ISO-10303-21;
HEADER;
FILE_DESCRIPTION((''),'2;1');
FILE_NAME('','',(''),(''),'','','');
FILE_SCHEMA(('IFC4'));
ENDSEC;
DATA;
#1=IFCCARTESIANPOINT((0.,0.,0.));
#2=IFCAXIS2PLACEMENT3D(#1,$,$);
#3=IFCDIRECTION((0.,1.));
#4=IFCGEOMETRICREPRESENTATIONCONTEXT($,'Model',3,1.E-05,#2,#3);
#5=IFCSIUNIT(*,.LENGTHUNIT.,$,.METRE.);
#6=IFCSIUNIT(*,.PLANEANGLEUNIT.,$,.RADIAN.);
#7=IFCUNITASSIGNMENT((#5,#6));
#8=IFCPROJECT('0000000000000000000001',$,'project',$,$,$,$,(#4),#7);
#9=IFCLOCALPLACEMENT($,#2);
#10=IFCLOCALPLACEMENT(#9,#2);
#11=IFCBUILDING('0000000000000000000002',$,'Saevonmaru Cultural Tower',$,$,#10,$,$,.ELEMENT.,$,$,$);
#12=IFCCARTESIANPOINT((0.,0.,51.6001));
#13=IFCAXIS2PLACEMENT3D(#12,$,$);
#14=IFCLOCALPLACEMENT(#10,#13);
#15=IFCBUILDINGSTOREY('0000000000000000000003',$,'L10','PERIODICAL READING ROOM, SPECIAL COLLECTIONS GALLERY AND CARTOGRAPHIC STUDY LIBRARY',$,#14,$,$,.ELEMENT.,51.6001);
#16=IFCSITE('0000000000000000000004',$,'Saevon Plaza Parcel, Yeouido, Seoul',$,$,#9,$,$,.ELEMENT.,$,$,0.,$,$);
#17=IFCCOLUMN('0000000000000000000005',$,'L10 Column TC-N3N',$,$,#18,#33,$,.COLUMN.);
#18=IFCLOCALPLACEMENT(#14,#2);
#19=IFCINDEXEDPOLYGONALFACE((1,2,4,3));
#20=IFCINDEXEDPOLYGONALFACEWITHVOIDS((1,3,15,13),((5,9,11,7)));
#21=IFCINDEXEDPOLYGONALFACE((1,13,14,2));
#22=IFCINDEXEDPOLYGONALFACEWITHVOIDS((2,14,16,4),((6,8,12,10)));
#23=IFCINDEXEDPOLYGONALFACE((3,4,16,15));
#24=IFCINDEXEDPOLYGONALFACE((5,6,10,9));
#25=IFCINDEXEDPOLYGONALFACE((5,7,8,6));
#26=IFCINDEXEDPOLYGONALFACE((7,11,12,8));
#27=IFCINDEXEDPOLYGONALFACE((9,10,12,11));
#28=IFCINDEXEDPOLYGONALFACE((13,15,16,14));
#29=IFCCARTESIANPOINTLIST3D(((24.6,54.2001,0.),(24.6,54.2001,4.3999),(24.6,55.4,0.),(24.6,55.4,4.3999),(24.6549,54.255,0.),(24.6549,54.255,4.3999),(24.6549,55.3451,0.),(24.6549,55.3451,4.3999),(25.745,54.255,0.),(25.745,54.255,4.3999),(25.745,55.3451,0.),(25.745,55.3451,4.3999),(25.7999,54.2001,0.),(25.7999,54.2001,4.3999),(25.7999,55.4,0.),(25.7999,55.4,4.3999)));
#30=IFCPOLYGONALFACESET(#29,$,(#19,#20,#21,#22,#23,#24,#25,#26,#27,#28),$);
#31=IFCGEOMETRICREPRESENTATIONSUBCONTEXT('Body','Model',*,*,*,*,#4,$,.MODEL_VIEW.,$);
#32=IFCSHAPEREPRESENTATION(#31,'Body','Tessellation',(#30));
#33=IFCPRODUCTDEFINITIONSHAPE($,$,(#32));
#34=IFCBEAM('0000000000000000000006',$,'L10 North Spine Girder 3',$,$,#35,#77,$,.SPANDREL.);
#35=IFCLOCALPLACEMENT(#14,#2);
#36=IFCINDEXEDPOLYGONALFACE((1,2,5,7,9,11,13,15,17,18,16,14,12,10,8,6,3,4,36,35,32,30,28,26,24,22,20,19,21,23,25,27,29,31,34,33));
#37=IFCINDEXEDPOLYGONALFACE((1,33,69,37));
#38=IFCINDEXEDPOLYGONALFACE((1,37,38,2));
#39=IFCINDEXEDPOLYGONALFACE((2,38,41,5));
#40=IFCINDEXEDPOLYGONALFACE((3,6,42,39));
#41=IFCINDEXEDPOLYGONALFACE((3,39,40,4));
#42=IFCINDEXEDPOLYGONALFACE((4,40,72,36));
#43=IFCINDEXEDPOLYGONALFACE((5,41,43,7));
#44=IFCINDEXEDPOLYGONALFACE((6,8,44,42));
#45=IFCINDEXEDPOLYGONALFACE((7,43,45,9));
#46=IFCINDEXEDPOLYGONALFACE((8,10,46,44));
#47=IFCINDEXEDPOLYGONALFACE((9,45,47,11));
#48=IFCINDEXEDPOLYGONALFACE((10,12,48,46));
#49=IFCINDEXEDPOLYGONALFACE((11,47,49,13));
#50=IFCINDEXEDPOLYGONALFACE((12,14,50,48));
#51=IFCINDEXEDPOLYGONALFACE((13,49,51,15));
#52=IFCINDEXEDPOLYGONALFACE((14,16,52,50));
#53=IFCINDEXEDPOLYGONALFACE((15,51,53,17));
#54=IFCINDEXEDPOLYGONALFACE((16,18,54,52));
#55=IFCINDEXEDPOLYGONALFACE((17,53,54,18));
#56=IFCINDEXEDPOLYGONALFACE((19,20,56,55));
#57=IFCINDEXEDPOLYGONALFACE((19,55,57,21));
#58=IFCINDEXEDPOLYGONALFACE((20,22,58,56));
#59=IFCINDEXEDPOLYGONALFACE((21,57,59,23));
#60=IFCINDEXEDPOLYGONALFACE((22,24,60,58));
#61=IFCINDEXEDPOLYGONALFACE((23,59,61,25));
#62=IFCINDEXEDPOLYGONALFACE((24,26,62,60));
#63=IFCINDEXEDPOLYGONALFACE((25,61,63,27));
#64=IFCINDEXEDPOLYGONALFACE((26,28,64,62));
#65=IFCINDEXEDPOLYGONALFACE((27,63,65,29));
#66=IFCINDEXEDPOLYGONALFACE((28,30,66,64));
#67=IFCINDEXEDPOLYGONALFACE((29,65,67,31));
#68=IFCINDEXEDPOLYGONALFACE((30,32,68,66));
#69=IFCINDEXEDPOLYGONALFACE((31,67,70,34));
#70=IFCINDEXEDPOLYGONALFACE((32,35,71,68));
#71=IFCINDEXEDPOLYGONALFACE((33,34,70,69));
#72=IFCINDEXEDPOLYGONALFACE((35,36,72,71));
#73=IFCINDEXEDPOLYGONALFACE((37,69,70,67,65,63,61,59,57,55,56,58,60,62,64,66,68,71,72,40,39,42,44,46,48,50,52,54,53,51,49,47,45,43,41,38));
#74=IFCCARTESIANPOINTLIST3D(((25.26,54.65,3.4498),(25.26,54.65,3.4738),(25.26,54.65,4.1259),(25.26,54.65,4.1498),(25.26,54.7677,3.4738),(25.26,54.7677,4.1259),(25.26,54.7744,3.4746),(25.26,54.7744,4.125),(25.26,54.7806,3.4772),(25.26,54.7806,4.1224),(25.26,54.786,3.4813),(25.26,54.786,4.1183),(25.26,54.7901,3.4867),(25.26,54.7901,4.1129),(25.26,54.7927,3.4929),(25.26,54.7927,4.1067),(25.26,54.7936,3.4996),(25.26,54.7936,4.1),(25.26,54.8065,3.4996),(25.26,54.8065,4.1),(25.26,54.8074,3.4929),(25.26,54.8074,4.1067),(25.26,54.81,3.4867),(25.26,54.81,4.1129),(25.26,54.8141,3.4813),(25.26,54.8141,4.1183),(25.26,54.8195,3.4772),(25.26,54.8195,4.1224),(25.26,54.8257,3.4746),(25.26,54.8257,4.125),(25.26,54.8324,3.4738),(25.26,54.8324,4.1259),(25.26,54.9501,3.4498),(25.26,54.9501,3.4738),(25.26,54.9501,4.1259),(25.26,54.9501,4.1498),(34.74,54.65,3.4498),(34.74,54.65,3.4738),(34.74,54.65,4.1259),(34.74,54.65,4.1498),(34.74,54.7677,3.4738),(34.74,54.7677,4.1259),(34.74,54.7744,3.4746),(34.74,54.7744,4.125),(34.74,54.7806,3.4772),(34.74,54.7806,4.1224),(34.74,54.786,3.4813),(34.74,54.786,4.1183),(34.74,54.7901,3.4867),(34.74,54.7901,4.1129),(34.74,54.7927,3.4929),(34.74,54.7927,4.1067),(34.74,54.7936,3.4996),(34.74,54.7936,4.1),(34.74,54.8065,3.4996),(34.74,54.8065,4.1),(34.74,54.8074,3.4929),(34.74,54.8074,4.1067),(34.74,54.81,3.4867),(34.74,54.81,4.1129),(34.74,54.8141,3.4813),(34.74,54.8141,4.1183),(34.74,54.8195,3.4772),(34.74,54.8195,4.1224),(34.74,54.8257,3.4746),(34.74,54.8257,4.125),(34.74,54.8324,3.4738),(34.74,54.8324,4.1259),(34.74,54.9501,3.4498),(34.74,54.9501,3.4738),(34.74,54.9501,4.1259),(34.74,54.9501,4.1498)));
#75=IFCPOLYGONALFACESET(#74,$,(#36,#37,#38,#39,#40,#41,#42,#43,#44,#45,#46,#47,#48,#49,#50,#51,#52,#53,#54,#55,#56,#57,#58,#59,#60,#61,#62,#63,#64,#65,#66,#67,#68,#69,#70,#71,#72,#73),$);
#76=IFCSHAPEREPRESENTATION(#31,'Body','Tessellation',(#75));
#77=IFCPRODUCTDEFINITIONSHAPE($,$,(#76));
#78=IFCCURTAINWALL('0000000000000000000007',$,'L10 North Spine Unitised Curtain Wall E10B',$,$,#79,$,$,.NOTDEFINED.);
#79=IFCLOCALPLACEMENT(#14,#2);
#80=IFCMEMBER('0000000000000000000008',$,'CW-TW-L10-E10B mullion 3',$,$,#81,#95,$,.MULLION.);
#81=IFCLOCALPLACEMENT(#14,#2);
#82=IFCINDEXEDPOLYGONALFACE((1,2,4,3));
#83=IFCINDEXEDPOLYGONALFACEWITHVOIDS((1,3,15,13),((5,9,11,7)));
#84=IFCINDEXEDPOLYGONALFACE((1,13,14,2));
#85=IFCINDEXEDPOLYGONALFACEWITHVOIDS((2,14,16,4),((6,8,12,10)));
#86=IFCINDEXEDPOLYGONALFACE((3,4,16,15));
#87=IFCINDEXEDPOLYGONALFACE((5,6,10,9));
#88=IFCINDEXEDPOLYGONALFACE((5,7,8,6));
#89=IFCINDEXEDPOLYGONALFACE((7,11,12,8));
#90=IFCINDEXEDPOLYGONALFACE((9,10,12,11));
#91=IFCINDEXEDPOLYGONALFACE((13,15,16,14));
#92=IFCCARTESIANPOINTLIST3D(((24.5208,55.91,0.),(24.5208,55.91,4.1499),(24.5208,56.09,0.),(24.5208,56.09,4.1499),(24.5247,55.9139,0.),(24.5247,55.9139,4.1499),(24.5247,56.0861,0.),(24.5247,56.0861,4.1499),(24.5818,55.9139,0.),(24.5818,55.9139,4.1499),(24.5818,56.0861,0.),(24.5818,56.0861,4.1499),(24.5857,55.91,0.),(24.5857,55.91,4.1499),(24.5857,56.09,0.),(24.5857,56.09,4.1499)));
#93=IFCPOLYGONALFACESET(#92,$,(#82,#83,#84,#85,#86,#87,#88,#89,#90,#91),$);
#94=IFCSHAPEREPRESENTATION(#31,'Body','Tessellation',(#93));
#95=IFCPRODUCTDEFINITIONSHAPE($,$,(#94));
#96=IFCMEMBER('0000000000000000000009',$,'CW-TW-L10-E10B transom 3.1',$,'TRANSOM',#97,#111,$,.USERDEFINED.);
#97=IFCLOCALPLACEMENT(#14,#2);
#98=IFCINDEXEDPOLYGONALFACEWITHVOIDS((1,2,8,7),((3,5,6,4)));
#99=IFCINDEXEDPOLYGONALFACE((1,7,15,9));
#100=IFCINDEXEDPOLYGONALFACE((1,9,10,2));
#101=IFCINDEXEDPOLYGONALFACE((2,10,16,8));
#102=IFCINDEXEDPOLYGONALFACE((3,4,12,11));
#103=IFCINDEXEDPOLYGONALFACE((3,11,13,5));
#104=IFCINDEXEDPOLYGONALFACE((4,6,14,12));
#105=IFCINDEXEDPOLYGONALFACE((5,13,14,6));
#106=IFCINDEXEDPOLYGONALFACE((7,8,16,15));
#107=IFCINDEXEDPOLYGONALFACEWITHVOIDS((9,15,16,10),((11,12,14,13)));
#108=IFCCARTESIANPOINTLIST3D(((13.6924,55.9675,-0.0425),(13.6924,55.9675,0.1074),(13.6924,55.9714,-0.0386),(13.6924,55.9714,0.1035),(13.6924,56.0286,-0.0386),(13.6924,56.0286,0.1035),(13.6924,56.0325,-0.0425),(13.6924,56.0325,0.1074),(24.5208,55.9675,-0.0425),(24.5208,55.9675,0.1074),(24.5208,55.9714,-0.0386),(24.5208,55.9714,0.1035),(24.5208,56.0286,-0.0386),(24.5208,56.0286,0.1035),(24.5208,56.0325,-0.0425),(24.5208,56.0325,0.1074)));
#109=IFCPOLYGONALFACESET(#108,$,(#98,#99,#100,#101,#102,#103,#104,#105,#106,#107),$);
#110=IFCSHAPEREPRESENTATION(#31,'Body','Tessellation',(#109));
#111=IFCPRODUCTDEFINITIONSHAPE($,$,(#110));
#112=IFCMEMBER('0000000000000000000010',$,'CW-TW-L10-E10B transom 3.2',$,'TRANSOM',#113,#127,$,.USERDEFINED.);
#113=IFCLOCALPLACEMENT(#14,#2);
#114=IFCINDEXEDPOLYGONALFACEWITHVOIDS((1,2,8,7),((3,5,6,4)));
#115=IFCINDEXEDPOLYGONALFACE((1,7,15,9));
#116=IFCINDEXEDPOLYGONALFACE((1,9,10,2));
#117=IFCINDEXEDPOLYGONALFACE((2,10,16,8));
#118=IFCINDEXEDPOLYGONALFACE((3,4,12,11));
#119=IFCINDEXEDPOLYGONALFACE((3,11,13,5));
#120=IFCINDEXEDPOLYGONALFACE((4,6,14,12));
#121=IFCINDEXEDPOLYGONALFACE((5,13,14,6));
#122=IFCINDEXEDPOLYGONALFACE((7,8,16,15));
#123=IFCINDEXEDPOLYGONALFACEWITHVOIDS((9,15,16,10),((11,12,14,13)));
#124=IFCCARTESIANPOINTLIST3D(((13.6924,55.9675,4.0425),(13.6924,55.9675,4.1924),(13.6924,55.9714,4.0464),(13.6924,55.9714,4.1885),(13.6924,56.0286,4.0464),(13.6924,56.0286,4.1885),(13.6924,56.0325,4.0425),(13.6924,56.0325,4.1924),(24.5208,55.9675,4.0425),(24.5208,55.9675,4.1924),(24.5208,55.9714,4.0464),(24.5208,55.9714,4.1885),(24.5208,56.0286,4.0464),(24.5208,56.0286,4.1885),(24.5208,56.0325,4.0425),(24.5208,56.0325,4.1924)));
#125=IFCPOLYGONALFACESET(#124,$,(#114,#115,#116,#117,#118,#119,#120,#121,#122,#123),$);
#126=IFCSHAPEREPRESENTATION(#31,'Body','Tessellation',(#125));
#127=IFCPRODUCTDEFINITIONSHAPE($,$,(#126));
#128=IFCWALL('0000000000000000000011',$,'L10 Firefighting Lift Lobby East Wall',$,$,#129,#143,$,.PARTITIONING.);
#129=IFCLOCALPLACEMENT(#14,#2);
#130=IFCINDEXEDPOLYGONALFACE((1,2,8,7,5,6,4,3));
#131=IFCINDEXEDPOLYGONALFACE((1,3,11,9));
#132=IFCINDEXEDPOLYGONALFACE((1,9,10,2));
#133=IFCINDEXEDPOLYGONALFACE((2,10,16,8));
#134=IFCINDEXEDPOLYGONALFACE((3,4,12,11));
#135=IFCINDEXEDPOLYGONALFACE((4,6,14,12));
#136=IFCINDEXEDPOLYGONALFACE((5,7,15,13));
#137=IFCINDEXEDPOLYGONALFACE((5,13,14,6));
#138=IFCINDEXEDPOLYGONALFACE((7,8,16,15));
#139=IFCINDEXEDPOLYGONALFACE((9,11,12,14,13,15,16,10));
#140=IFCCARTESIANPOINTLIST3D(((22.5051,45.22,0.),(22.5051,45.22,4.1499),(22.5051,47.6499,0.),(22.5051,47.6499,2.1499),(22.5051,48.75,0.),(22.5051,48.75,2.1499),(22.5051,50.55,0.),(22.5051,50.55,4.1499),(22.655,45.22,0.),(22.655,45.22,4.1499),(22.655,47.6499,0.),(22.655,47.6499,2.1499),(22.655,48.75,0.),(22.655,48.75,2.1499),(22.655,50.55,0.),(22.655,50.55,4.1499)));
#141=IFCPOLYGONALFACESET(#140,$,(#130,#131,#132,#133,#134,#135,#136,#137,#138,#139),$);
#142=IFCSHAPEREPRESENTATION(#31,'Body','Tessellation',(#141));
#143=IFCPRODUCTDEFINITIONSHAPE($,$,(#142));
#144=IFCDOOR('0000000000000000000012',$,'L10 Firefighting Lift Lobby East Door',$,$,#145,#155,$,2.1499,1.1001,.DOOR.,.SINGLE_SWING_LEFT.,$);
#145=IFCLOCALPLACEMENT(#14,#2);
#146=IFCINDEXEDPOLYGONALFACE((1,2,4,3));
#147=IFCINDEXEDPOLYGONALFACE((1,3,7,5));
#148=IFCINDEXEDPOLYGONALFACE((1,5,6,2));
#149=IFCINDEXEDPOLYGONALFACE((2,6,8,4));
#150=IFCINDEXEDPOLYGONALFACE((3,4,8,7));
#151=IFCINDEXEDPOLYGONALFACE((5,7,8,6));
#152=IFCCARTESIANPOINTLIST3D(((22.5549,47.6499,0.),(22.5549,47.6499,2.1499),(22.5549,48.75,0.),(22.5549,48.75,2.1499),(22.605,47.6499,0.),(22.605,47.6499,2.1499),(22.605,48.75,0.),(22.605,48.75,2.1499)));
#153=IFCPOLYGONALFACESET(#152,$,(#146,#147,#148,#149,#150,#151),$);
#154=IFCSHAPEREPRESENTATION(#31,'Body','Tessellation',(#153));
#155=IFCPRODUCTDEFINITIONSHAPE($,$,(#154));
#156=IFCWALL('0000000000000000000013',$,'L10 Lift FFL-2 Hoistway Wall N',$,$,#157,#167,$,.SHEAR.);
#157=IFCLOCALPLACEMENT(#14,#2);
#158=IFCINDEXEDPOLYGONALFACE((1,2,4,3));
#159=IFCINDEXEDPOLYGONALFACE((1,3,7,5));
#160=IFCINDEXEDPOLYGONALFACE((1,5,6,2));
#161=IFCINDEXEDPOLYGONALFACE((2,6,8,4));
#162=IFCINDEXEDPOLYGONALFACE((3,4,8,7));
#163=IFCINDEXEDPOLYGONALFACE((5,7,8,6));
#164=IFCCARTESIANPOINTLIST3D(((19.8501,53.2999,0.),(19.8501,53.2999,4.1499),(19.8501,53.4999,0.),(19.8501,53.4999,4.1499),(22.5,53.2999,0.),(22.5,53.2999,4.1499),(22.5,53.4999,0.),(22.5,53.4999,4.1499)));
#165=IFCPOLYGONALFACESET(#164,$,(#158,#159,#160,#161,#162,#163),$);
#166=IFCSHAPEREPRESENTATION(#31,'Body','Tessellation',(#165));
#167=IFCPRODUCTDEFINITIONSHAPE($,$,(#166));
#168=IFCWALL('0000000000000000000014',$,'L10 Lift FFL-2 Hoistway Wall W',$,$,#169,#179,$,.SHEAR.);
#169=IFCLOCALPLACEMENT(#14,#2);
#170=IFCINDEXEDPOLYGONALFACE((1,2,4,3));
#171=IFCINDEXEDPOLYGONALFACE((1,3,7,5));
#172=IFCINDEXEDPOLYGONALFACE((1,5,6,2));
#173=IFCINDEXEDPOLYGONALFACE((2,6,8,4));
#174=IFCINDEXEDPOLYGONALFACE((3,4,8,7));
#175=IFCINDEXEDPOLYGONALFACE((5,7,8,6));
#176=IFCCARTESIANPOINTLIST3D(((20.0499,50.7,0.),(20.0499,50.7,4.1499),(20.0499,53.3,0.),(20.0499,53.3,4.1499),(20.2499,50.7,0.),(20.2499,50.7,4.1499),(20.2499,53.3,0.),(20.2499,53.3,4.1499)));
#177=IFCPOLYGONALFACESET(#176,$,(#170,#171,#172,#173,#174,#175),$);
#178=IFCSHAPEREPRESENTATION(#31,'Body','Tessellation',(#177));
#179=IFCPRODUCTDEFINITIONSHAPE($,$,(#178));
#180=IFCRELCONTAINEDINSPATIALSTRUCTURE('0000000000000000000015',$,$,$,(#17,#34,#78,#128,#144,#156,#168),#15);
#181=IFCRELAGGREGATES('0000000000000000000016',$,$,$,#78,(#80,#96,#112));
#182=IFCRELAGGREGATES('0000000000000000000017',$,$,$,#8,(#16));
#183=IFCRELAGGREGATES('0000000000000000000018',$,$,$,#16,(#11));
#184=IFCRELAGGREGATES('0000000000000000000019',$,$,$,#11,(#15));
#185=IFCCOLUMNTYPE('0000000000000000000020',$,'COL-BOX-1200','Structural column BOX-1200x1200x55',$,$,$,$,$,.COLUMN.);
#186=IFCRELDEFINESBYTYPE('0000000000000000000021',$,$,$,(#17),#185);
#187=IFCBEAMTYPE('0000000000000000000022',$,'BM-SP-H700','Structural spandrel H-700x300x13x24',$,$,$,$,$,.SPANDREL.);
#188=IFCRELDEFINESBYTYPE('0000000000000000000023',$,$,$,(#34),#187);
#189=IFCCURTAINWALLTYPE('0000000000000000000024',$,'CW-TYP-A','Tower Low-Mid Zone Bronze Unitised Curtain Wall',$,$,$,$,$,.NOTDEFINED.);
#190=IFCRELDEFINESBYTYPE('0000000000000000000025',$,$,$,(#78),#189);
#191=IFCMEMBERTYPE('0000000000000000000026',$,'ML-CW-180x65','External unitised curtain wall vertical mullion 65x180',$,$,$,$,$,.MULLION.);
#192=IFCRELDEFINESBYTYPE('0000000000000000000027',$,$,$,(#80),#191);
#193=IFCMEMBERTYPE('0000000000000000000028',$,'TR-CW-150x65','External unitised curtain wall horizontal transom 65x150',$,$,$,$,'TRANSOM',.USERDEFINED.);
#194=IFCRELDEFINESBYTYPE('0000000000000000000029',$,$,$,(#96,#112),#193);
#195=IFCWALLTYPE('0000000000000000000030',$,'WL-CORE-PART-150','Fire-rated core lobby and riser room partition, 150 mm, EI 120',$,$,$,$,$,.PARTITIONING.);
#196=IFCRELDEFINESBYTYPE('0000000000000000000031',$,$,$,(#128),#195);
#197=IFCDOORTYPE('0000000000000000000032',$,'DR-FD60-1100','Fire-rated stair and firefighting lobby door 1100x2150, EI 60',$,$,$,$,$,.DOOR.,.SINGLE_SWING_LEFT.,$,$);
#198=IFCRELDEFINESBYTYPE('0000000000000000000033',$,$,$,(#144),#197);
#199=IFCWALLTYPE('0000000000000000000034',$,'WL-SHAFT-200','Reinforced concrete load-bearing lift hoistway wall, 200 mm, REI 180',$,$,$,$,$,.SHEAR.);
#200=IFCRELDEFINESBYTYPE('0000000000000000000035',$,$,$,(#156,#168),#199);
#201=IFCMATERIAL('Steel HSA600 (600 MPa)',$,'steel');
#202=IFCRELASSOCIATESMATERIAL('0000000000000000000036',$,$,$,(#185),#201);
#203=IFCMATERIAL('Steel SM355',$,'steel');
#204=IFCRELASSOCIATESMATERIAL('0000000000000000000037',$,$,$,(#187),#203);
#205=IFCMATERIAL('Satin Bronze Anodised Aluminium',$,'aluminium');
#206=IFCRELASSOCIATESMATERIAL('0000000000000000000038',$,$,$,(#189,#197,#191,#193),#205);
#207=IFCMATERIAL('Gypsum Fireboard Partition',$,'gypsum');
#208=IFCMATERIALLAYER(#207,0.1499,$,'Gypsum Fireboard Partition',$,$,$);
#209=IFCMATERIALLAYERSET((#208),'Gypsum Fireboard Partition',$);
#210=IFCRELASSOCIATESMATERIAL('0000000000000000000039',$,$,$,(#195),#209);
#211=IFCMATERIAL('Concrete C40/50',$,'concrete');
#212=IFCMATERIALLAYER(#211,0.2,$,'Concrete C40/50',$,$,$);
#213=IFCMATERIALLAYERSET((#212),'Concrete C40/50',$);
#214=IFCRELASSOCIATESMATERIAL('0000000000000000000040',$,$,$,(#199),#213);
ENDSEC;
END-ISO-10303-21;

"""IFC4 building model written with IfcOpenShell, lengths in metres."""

from ifc_helpers import new_model, si_unit, direction, frame, frame_2d, origin, origin_2d, place, context, subcontext, project, spatial, rectangle, hollow_rectangle, i_section, extrude, material, layer, layer_set, material_profile, profile_set, type_object, element, fill, aggregate, save


model = new_model("IFC4")

# Units and contexts
model_context = context("Model", 3, precision=1e-05, world=origin(), true_north=direction((0.0, 1.0)))
body_context = subcontext(model_context, "Body", "Model", "MODEL_VIEW")
ifc_project = project(units=[si_unit("LENGTHUNIT", "METRE"), si_unit("PLANEANGLEUNIT", "RADIAN")], contexts=[model_context])

# Site, building, storey
site_placement = place(None, origin())
site = spatial("IfcSite", under=ifc_project, at=site_placement, Name="Saevon Plaza Parcel, Yeouido, Seoul", CompositionType="ELEMENT", RefElevation=0.0)
building_placement = place(site_placement, origin())
building = spatial("IfcBuilding", under=site, at=building_placement, Name="Saevonmaru Cultural Tower", CompositionType="ELEMENT")
storey_placement = place(building_placement, frame((0.0, 0.0, 51.6001)))
storey = spatial("IfcBuildingStorey", under=building, at=storey_placement, Name="L10", Description="PERIODICAL READING ROOM, SPECIAL COLLECTIONS GALLERY AND CARTOGRAPHIC STUDY LIBRARY", CompositionType="ELEMENT", Elevation=51.6001)

# Column
ifc_material_1 = material(Name="Steel HSA600 (600 MPa)", Category="steel")
ifc_material_profile_1 = material_profile(ifc_material_1, hollow_rectangle(XDim=1.2, YDim=1.2, WallThickness=0.0549, at=origin_2d()), Name="BOX-1200x1200x55")
ifc_profile_set_1 = profile_set([ifc_material_profile_1], Name="Steel HSA600 (600 MPa)")
column_type = type_object("IfcColumnType", Name="COL-BOX-1200", Description="Structural column BOX-1200x1200x55", PredefinedType="COLUMN", material=ifc_profile_set_1)
column_placement = place(storey_placement, frame((25.2, 54.8, 0.0), z_axis=(0.0, 0.0, 1.0), x_axis=(1.0, 0.0, 0.0)))
element("IfcColumn", 1, at=column_placement, inside=storey, type_object=column_type, Name="L10 Column TC-N3N", PredefinedType="COLUMN", context=body_context, shape_type="SweptSolid", body=[
    extrude(hollow_rectangle(XDim=1.2, YDim=1.2, WallThickness=0.0549, at=origin_2d()), origin(), (0.0, 0.0, 1.0), 4.3999),
])

# Beam
ifc_material_2 = material(Name="Steel SM355", Category="steel")
ifc_material_profile_2 = material_profile(ifc_material_2, i_section(OverallWidth=0.3, OverallDepth=0.7, WebThickness=0.0129, FlangeThickness=0.0239, FilletRadius=0.0259, at=origin_2d()), Name="H-700x300x13x24")
ifc_profile_set_2 = profile_set([ifc_material_profile_2], Name="Steel SM355")
beam_type = type_object("IfcBeamType", Name="BM-SP-H700", Description="Structural spandrel H-700x300x13x24", PredefinedType="SPANDREL", material=ifc_profile_set_2)
beam_placement = place(storey_placement, frame((25.26, 54.8, 3.7998), z_axis=(1.0, 0.0, 0.0), x_axis=(0.0, 1.0, 0.0)))
element("IfcBeam", 2, at=beam_placement, inside=storey, type_object=beam_type, Name="L10 North Spine Girder 3", PredefinedType="SPANDREL", context=body_context, shape_type="SweptSolid", body=[
    extrude(i_section(OverallWidth=0.3, OverallDepth=0.7, WebThickness=0.0129, FlangeThickness=0.0239, FilletRadius=0.0259, at=origin_2d()), origin(), (0.0, 0.0, 1.0), 9.48),
])

# Curtain wall, members
ifc_material_3 = material(Name="Satin Bronze Anodised Aluminium", Category="aluminium")
curtain_wall_type = type_object("IfcCurtainWallType", Name="CW-TYP-A", Description="Tower Low-Mid Zone Bronze Unitised Curtain Wall", PredefinedType="NOTDEFINED", material=ifc_material_3)
curtain_wall_placement = place(storey_placement, origin())
curtain_wall = element("IfcCurtainWall", 3, at=curtain_wall_placement, inside=storey, type_object=curtain_wall_type, Name="L10 North Spine Unitised Curtain Wall E10B", PredefinedType="NOTDEFINED")
ifc_material_profile_3 = material_profile(ifc_material_3, hollow_rectangle(XDim=0.0649, YDim=0.1799, WallThickness=0.0039, at=origin_2d()), Name="ALU-MULL-180x65x4")
ifc_profile_set_3 = profile_set([ifc_material_profile_3], Name="Satin Bronze Anodised Aluminium")
member_type_1 = type_object("IfcMemberType", Name="ML-CW-180x65", Description="External unitised curtain wall vertical mullion 65x180", PredefinedType="MULLION", material=ifc_profile_set_3)
member_1_placement = place(storey_placement, frame((24.5532, 56.0, 0.0), z_axis=(0.0, 0.0, 1.0), x_axis=(-1.0, 0.0, 0.0)))
member_1 = element("IfcMember", 4, at=member_1_placement, type_object=member_type_1, Name="CW-TW-L10-E10B mullion 3", PredefinedType="MULLION", context=body_context, shape_type="SweptSolid", body=[
    extrude(hollow_rectangle(XDim=0.0649, YDim=0.1799, WallThickness=0.0039, at=origin_2d()), origin(), (0.0, 0.0, 1.0), 4.1499),
])
ifc_material_profile_4 = material_profile(ifc_material_3, hollow_rectangle(XDim=0.0649, YDim=0.1499, WallThickness=0.0039, at=origin_2d()), Name="ALU-TRAN-150x65x4")
ifc_profile_set_4 = profile_set([ifc_material_profile_4], Name="Satin Bronze Anodised Aluminium")
member_type_2 = type_object("IfcMemberType", Name="TR-CW-150x65", Description="External unitised curtain wall horizontal transom 65x150", ElementType="TRANSOM", PredefinedType="USERDEFINED", material=ifc_profile_set_4)
member_2_placement = place(storey_placement, frame((24.5208, 56.0, 0.0325), z_axis=(-1.0, 0.0, 0.0), x_axis=(0.0, -1.0, 0.0)))
member_2 = element("IfcMember", 5, at=member_2_placement, type_object=member_type_2, Name="CW-TW-L10-E10B transom 3.1", ObjectType="TRANSOM", PredefinedType="USERDEFINED", context=body_context, shape_type="SweptSolid", body=[
    extrude(hollow_rectangle(XDim=0.0649, YDim=0.1499, WallThickness=0.0039, at=origin_2d()), origin(), (0.0, 0.0, 1.0), 10.8284),
])
member_3_placement = place(storey_placement, frame((24.5208, 56.0, 4.1174), z_axis=(-1.0, 0.0, 0.0), x_axis=(0.0, -1.0, 0.0)))
member_3 = element("IfcMember", 6, at=member_3_placement, type_object=member_type_2, Name="CW-TW-L10-E10B transom 3.2", ObjectType="TRANSOM", PredefinedType="USERDEFINED", context=body_context, shape_type="SweptSolid", body=[
    extrude(hollow_rectangle(XDim=0.0649, YDim=0.1499, WallThickness=0.0039, at=origin_2d()), origin(), (0.0, 0.0, 1.0), 10.8284),
])
aggregate(curtain_wall, [member_1, member_2, member_3])

# Wall, opening, door
ifc_material_4 = material(Name="Gypsum Fireboard Partition", Category="gypsum")
ifc_layer_1 = layer(ifc_material_4, 0.1499, Name="Gypsum Fireboard Partition")
ifc_layer_set_1 = layer_set([ifc_layer_1], Name="Gypsum Fireboard Partition")
wall_type_1 = type_object("IfcWallType", Name="WL-CORE-PART-150", Description="Fire-rated core lobby and riser room partition, 150 mm, EI 120", PredefinedType="PARTITIONING", material=ifc_layer_set_1)
wall_1_placement = place(storey_placement, frame((22.5801, 50.55, 0.0), z_axis=(0.0, 0.0, 1.0), x_axis=(0.0, -1.0, 0.0)))
wall_1 = element("IfcWall", 7, at=wall_1_placement, inside=storey, type_object=wall_type_1, Name="L10 Firefighting Lift Lobby East Wall", PredefinedType="PARTITIONING", context=body_context, shape_type="SweptSolid", body=[
    extrude(rectangle(XDim=5.3301, YDim=0.1499, at=frame_2d((2.665, 0.0))), origin(), (0.0, 0.0, 1.0), 4.1499),
])
opening_1_placement = place(wall_1_placement, frame((1.8, 0.0, 0.0)))
opening_1 = element("IfcOpeningElement", 8, at=opening_1_placement, cuts=wall_1, PredefinedType="OPENING", context=body_context, shape_type="SweptSolid", body=[
    extrude(rectangle(XDim=1.1001, YDim=2.1499, at=frame_2d((0.55, 1.075))), frame((0.0, 0.085, 0.0), z_axis=(0.0, -1.0, 0.0), x_axis=(1.0, 0.0, 0.0)), (0.0, 0.0, 1.0), 0.1699),
])
door_type_1 = type_object("IfcDoorType", Name="DR-FD60-1100", Description="Fire-rated stair and firefighting lobby door 1100x2150, EI 60", OperationType="SINGLE_SWING_LEFT", PredefinedType="DOOR", material=ifc_material_3)
door_1_placement = place(opening_1_placement, origin())
door_1 = element("IfcDoor", 9, at=door_1_placement, inside=storey, type_object=door_type_1, Name="L10 Firefighting Lift Lobby East Door", OperationType="SINGLE_SWING_LEFT", OverallHeight=2.1499, OverallWidth=1.1001, PredefinedType="DOOR", context=body_context, shape_type="SweptSolid", body=[
    extrude(rectangle(XDim=1.1001, YDim=2.1499, at=frame_2d((0.55, 1.075))), frame((0.0, 0.0249, 0.0), z_axis=(0.0, -1.0, 0.0), x_axis=(1.0, 0.0, 0.0)), (0.0, 0.0, 1.0), 0.05),
])
fill(opening_1, door_1)

# Walls
ifc_material_5 = material(Name="Concrete C40/50", Category="concrete")
ifc_layer_2 = layer(ifc_material_5, 0.2, Name="Concrete C40/50")
ifc_layer_set_2 = layer_set([ifc_layer_2], Name="Concrete C40/50")
wall_type_2 = type_object("IfcWallType", Name="WL-SHAFT-200", Description="Reinforced concrete load-bearing lift hoistway wall, 200 mm, REI 180", PredefinedType="SHEAR", material=ifc_layer_set_2)
wall_2_placement = place(storey_placement, frame((19.8501, 53.3999, 0.0), z_axis=(0.0, 0.0, 1.0), x_axis=(1.0, 0.0, 0.0)))
element("IfcWall", 10, at=wall_2_placement, inside=storey, type_object=wall_type_2, Name="L10 Lift FFL-2 Hoistway Wall N", PredefinedType="SHEAR", context=body_context, shape_type="SweptSolid", body=[
    extrude(rectangle(XDim=2.6499, YDim=0.2, at=frame_2d((1.325, 0.0))), origin(), (0.0, 0.0, 1.0), 4.1499),
])
for number, where, z_axis, x_axis, name in (
    (11, (20.1499, 50.7, 0.0), (0.0, 0.0, 1.0), (0.0, 1.0, 0.0), "L10 Lift FFL-2 Hoistway Wall W"),
):
    element("IfcWall", number, at=place(storey_placement, frame(where, z_axis=z_axis, x_axis=x_axis)), inside=storey, type_object=wall_type_2, Name=name, PredefinedType="SHEAR", context=body_context, shape_type="SweptSolid", body=[
        extrude(rectangle(XDim=2.6001, YDim=0.2, at=frame_2d((1.3, 0.0))), origin(), (0.0, 0.0, 1.0), 4.1499),
    ])

save(model, "model.ifc")
